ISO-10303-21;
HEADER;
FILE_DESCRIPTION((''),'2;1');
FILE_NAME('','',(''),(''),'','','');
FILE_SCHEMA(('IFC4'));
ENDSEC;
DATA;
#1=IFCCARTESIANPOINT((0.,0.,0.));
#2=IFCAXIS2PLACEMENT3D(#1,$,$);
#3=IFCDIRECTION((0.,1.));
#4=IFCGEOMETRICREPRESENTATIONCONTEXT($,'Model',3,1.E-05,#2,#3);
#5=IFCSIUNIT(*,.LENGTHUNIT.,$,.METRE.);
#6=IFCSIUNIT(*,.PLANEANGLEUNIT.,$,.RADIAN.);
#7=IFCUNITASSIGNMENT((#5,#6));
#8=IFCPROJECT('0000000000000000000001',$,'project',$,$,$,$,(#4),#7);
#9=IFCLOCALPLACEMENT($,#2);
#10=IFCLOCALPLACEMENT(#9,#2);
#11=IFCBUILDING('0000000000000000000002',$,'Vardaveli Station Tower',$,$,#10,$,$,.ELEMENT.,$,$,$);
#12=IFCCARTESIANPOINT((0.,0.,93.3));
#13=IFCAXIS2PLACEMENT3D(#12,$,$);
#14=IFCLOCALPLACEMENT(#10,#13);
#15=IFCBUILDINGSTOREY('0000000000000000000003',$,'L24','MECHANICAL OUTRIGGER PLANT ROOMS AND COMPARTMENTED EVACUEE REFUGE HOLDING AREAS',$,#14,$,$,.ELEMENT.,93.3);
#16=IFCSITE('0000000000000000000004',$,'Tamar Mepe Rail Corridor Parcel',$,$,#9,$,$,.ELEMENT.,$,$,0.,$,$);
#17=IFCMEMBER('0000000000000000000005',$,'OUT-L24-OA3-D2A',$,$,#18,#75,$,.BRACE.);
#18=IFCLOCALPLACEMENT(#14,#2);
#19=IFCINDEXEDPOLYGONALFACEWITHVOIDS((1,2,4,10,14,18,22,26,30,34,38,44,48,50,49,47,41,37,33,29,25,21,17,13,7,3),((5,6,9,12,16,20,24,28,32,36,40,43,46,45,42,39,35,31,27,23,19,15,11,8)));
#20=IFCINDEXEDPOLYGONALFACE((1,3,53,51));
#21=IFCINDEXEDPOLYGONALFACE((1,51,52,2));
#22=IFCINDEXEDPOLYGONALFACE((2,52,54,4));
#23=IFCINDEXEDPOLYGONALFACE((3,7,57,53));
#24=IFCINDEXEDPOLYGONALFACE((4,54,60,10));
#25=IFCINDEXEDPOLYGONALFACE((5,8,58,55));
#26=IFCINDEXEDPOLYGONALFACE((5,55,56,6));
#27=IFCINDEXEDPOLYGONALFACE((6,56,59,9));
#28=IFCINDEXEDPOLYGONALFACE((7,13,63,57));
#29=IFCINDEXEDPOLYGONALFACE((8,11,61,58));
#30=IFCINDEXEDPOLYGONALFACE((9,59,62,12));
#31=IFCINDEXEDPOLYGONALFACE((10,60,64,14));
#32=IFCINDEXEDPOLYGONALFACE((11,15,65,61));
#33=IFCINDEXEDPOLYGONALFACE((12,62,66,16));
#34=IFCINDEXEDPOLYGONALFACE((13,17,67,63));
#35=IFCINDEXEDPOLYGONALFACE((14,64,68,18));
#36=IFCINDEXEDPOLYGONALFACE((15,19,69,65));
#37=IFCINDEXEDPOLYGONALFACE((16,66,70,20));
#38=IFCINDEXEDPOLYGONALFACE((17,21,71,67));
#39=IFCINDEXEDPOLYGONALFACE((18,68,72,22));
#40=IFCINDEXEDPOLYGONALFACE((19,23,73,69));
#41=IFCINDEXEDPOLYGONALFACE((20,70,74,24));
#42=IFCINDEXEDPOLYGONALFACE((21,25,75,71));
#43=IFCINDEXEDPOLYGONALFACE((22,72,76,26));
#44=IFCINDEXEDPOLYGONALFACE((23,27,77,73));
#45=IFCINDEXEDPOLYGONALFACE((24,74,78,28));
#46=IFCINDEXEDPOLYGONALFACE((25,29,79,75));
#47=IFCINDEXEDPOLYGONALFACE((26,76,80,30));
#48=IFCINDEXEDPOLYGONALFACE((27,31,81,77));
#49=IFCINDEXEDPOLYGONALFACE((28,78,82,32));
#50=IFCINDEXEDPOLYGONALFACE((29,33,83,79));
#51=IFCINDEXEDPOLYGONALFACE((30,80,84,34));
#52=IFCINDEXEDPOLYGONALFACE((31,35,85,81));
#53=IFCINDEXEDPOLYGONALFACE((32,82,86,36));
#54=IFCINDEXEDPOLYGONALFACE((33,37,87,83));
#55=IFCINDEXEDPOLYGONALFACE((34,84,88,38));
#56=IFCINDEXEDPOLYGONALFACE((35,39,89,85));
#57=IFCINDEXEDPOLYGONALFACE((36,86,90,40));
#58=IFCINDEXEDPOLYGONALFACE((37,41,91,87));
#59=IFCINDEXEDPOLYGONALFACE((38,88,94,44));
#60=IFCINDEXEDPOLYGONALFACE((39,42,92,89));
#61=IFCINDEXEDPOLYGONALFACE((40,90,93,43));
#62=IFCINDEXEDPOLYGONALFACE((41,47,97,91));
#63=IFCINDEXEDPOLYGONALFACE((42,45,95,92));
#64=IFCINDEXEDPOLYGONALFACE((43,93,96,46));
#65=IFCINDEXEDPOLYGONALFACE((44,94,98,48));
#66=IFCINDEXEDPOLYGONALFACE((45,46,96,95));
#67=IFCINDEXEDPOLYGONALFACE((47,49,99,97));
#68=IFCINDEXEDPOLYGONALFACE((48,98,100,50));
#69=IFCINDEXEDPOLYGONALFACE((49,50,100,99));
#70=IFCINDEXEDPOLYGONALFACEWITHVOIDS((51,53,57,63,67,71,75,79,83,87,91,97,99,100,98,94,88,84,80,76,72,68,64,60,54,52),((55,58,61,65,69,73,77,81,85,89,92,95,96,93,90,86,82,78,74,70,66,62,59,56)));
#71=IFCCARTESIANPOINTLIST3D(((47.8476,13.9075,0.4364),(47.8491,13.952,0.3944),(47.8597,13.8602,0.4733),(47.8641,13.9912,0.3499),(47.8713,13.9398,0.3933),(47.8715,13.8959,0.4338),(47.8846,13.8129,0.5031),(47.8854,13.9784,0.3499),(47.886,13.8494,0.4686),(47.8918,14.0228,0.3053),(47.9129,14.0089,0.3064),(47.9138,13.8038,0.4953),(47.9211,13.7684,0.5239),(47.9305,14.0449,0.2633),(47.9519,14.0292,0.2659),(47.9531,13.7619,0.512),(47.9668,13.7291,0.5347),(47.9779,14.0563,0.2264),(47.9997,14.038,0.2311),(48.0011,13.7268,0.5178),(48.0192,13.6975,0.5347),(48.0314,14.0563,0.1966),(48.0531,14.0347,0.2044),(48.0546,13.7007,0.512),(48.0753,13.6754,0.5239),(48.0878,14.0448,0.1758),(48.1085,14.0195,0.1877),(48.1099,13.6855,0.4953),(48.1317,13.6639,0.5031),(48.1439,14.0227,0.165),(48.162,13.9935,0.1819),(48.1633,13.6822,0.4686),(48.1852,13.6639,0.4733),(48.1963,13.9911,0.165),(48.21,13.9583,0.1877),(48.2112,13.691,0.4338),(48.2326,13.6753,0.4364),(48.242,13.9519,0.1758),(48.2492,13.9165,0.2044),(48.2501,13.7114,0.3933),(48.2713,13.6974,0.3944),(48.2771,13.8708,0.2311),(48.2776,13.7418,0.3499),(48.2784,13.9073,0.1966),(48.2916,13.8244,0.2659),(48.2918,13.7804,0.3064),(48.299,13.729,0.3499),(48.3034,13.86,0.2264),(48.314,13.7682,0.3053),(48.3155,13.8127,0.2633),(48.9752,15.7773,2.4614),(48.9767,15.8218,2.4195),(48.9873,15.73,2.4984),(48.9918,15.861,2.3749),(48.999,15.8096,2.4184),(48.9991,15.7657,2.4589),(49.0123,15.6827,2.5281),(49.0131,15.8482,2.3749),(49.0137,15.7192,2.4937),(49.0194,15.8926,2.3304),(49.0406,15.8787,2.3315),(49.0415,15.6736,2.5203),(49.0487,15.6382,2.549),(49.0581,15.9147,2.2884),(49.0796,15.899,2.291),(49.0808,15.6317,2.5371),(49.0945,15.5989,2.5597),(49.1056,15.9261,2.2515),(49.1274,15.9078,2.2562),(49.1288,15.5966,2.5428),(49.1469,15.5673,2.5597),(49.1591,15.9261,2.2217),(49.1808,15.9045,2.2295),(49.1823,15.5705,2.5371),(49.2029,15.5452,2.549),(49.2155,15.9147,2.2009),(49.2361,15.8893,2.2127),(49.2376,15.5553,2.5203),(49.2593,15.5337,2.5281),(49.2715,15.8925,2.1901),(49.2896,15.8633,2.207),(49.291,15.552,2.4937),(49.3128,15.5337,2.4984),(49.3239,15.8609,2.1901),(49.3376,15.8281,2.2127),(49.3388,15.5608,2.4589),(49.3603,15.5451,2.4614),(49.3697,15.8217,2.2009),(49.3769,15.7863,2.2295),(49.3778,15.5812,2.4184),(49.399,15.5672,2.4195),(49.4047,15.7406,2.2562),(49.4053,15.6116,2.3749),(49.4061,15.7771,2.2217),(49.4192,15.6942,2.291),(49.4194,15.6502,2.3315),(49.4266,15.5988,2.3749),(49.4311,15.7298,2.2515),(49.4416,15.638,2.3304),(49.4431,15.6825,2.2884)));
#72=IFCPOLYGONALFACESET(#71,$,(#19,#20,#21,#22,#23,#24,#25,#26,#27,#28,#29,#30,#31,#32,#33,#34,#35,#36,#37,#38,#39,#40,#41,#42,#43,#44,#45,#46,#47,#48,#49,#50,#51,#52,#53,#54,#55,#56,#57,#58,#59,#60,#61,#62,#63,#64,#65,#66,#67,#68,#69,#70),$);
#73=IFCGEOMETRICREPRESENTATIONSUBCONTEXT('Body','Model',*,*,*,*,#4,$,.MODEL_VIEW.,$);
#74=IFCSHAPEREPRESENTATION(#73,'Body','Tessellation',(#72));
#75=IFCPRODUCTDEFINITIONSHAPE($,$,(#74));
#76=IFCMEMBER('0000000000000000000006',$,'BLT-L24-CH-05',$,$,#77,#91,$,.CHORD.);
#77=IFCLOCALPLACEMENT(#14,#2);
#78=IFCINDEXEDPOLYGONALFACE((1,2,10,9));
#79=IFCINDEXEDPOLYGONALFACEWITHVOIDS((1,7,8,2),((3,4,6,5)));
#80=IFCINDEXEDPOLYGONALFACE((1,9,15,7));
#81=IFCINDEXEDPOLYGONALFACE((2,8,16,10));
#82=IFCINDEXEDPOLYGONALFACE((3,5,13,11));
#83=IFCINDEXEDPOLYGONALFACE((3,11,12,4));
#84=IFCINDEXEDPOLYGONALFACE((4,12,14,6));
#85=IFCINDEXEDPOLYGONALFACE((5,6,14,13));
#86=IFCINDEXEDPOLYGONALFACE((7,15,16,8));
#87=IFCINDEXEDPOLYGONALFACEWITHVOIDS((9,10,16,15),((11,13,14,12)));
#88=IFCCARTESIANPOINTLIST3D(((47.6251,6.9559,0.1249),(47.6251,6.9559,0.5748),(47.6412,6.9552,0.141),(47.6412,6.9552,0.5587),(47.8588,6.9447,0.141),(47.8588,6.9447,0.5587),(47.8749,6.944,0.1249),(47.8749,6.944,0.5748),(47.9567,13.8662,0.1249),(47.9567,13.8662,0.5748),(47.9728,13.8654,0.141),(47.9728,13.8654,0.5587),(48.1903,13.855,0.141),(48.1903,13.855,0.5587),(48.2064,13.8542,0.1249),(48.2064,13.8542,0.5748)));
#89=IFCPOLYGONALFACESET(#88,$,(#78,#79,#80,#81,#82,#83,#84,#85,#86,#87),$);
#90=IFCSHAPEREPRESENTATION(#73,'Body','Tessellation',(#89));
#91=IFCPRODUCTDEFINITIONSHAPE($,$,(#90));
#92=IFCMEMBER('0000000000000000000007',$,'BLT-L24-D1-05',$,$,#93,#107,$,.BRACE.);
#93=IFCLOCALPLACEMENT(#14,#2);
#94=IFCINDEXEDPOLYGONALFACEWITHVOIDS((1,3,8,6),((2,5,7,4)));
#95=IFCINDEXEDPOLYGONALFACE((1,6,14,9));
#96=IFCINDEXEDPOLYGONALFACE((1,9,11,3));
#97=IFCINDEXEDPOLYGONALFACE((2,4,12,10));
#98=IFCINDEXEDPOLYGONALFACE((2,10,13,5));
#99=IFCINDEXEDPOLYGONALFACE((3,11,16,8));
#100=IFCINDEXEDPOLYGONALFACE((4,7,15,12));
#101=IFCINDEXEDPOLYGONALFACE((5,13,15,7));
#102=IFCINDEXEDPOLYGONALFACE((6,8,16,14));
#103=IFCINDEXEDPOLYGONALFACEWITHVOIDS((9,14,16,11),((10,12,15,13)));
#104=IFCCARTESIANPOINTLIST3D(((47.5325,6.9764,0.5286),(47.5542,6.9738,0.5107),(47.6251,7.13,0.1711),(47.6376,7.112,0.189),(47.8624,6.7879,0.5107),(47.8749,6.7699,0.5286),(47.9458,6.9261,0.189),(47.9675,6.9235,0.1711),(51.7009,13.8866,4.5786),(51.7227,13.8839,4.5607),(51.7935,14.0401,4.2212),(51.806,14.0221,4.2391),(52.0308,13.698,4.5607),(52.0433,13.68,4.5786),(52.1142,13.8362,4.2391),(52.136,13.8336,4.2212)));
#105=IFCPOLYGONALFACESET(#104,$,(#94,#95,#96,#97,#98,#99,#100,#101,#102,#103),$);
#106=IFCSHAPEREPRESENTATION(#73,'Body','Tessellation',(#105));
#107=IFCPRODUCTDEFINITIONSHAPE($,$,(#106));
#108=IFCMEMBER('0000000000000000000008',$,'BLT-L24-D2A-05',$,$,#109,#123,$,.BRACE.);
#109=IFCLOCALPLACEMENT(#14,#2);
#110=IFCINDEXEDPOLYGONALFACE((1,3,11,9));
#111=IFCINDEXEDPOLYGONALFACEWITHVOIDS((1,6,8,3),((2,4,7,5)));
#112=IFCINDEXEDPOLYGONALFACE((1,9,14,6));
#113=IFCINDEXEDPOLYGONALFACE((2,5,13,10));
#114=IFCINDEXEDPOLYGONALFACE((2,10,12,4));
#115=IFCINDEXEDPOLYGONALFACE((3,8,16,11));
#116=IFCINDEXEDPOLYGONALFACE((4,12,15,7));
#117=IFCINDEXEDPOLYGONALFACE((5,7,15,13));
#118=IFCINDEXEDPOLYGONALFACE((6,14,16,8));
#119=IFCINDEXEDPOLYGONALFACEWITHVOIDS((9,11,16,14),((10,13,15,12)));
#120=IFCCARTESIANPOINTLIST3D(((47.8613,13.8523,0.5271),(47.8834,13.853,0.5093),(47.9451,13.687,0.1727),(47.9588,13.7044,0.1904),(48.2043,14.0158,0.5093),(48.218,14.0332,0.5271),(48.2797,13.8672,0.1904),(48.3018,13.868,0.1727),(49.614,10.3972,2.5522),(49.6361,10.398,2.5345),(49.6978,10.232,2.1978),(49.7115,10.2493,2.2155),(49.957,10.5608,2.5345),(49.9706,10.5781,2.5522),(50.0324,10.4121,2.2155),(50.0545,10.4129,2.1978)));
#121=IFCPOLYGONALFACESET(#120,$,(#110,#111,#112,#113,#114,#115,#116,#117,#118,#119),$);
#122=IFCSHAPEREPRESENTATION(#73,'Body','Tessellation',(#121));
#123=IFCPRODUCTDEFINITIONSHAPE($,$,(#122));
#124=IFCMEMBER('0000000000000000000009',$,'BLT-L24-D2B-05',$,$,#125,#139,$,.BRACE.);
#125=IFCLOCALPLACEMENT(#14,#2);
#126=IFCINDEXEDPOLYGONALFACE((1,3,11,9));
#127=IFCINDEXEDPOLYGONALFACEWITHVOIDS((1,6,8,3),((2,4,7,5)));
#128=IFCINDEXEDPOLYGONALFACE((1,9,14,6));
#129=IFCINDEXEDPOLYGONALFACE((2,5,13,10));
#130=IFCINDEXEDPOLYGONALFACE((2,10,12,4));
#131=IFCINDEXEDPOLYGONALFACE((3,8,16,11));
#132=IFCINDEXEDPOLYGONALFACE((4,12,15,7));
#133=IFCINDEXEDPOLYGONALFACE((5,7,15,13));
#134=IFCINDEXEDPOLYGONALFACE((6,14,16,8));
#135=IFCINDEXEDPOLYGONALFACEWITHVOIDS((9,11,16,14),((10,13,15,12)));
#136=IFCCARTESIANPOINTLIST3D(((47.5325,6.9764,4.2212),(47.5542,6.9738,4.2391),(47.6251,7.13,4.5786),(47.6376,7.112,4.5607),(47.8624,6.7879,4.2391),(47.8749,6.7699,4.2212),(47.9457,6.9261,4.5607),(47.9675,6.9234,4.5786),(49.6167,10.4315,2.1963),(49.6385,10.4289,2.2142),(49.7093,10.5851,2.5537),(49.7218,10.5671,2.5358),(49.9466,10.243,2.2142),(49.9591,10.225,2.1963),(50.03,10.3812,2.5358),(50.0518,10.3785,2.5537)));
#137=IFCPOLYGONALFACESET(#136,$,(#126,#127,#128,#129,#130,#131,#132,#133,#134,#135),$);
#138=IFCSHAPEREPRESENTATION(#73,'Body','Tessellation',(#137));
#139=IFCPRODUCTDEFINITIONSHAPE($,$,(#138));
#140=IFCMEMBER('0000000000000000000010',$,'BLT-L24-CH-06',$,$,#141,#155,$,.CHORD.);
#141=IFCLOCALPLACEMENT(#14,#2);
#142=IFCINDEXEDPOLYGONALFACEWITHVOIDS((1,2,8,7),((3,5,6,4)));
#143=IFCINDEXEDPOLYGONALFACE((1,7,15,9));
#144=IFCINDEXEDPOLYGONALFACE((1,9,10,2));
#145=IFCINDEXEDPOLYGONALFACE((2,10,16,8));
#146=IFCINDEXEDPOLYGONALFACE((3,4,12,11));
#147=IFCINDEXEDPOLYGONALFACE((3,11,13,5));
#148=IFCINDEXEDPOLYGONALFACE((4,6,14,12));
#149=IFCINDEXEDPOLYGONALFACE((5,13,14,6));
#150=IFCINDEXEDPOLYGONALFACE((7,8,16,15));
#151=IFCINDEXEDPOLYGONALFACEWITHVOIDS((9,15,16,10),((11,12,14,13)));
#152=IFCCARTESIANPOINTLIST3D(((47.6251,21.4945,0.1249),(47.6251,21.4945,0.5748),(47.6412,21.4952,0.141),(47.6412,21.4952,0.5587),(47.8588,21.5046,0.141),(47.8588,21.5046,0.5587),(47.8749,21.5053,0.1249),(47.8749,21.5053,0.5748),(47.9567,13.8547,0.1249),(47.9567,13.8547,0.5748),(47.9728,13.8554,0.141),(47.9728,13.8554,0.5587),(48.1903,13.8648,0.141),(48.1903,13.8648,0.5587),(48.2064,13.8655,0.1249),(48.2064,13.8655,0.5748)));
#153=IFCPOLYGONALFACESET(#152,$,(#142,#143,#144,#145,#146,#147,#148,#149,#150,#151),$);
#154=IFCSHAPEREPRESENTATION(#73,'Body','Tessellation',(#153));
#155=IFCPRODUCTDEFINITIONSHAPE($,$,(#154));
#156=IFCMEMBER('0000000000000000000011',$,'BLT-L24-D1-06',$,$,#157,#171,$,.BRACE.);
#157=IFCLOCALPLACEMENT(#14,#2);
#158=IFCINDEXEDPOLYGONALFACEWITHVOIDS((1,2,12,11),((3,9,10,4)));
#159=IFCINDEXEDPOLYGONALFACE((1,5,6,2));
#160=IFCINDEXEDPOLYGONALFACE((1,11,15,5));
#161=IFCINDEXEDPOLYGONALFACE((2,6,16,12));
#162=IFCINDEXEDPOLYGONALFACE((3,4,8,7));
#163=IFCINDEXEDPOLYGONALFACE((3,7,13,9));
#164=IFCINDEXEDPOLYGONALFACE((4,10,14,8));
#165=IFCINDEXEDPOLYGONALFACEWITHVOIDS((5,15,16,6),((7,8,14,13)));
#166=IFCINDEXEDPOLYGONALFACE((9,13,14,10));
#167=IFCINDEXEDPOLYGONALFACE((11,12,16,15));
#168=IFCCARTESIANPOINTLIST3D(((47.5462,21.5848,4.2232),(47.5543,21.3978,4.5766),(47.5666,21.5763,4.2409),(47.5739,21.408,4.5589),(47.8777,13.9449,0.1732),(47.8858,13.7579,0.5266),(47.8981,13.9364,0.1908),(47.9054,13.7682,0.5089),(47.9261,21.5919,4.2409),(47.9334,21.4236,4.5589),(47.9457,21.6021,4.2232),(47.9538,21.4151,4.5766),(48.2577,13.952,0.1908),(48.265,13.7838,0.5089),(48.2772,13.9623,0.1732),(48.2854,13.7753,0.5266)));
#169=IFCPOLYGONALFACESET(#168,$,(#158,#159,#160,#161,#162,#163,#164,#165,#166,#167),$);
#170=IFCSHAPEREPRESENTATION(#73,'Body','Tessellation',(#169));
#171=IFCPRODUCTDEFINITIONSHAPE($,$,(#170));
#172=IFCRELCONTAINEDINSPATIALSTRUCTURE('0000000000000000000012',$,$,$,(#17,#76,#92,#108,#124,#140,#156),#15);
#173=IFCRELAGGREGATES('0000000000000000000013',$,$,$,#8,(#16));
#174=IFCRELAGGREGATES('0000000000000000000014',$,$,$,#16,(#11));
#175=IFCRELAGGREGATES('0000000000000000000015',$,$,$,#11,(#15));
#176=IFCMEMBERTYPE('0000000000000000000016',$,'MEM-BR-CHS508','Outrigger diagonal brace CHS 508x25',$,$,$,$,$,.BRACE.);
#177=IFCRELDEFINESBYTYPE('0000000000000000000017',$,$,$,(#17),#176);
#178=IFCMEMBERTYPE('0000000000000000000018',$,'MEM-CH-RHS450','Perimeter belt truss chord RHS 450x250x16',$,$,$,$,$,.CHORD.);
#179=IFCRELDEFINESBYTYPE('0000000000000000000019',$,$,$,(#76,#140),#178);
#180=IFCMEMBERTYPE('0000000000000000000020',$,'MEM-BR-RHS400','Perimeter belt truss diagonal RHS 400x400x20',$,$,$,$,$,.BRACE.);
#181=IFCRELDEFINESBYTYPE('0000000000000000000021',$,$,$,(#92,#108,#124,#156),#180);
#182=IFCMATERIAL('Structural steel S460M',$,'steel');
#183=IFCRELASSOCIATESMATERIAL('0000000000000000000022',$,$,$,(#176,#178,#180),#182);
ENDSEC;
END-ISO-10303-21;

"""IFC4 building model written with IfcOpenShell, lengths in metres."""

from ifc_helpers import new_model, si_unit, direction, frame, origin, origin_2d, place, context, subcontext, project, spatial, hollow_rectangle, hollow_circle, extrude, source, transform, mapped, material, material_profile, profile_set, type_object, element, save


model = new_model("IFC4")

# Units and contexts
model_context = context("Model", 3, precision=1e-05, world=origin(), true_north=direction((0.0, 1.0)))
body_context = subcontext(model_context, "Body", "Model", "MODEL_VIEW")
ifc_project = project(units=[si_unit("LENGTHUNIT", "METRE"), si_unit("PLANEANGLEUNIT", "RADIAN")], contexts=[model_context])

# Site, building, storey
site_placement = place(None, origin())
site = spatial("IfcSite", under=ifc_project, at=site_placement, Name="Tamar Mepe Rail Corridor Parcel", CompositionType="ELEMENT", RefElevation=0.0)
building_placement = place(site_placement, origin())
building = spatial("IfcBuilding", under=site, at=building_placement, Name="Vardaveli Station Tower", CompositionType="ELEMENT")
storey_placement = place(building_placement, frame((0.0, 0.0, 93.3)))
storey = spatial("IfcBuildingStorey", under=building, at=storey_placement, Name="L24", Description="MECHANICAL OUTRIGGER PLANT ROOMS AND COMPARTMENTED EVACUEE REFUGE HOLDING AREAS", CompositionType="ELEMENT", Elevation=93.3)

# Shared definitions
ifc_material_1 = material(Name="Structural steel S460M", Category="steel")

# Members
ifc_material_profile_1 = material_profile(ifc_material_1, hollow_circle(Radius=0.2539, WallThickness=0.0249, at=origin_2d()), Name="CHS 508x25")
ifc_profile_set_1 = profile_set([ifc_material_profile_1], Name="Structural steel S460M")
member_type_1 = type_object("IfcMemberType", Name="MEM-BR-CHS508", Description="Outrigger diagonal brace CHS 508x25", PredefinedType="BRACE", material=ifc_profile_set_1)
shared_shape_1 = source(origin(), body_context, "Body", "SweptSolid", [
    extrude(hollow_circle(Radius=0.2539, WallThickness=0.0249, at=origin_2d()), origin(), (0.0, 0.0, 1.0), 2.978),
])
member_1_placement = place(storey_placement, frame((48.0815, 13.8601, 0.3499), z_axis=(0.378654, 0.627866, 0.680004), x_axis=(-0.856327, 0.516435, 0.0)))
element("IfcMember", 1, at=member_1_placement, inside=storey, type_object=member_type_1, Name="OUT-L24-OA3-D2A", PredefinedType="BRACE", context=body_context, shape_type="MappedRepresentation", body=[
    mapped(shared_shape_1, transform((0.0, 0.0, 0.0), scale=1.0)),
])
ifc_material_profile_2 = material_profile(ifc_material_1, hollow_rectangle(XDim=0.25, YDim=0.45, WallThickness=0.0161, at=origin_2d()), Name="RHS 450x250x16")
ifc_profile_set_2 = profile_set([ifc_material_profile_2], Name="Structural steel S460M")
member_type_2 = type_object("IfcMemberType", Name="MEM-CH-RHS450", Description="Perimeter belt truss chord RHS 450x250x16", PredefinedType="CHORD", material=ifc_profile_set_2)
shared_shape_2 = source(origin(), body_context, "Body", "SweptSolid", [
    extrude(hollow_rectangle(XDim=0.25, YDim=0.45, WallThickness=0.0161, at=origin_2d()), origin(), (0.0, 0.0, 1.0), 6.9182),
])
member_2_placement = place(storey_placement, frame((47.75, 6.95, 0.3499), z_axis=(0.047924, 0.998851, 0.0), x_axis=(-0.998851, 0.047924, 0.0)))
element("IfcMember", 2, at=member_2_placement, inside=storey, type_object=member_type_2, Name="BLT-L24-CH-05", PredefinedType="CHORD", context=body_context, shape_type="MappedRepresentation", body=[
    mapped(shared_shape_2, transform((0.0, 0.0, 0.0), scale=1.0)),
])
ifc_material_profile_3 = material_profile(ifc_material_1, hollow_rectangle(XDim=0.3999, YDim=0.3999, WallThickness=0.02, at=origin_2d()), Name="RHS 400x400x20")
ifc_profile_set_3 = profile_set([ifc_material_profile_3], Name="Structural steel S460M")
member_type_3 = type_object("IfcMemberType", Name="MEM-BR-RHS400", Description="Perimeter belt truss diagonal RHS 400x400x20", PredefinedType="BRACE", material=ifc_profile_set_3)
shared_shape_3 = source(origin(), body_context, "Body", "SweptSolid", [
    extrude(hollow_rectangle(XDim=0.3999, YDim=0.3999, WallThickness=0.02, at=origin_2d()), origin(), (0.0, 0.0, 1.0), 9.0293),
])
member_3_placement = place(storey_placement, frame((47.75, 6.95, 0.3499), z_axis=(0.461656, 0.765299, 0.448543), x_axis=(-0.856268, 0.516532, 0.0)))
element("IfcMember", 3, at=member_3_placement, inside=storey, type_object=member_type_3, Name="BLT-L24-D1-05", PredefinedType="BRACE", context=body_context, shape_type="MappedRepresentation", body=[
    mapped(shared_shape_3, transform((0.0, 0.0, 0.0), scale=1.0)),
])
shared_shape_4 = source(origin(), body_context, "Body", "SweptSolid", [
    extrude(hollow_rectangle(XDim=0.3999, YDim=0.3999, WallThickness=0.02, at=origin_2d()), origin(), (0.0, 0.0, 1.0), 4.3716),
])
member_4_placement = place(storey_placement, frame((48.0815, 13.8601, 0.3499), z_axis=(0.400927, -0.79035, 0.463253), x_axis=(0.891816, 0.452399, 0.0)))
element("IfcMember", 4, at=member_4_placement, inside=storey, type_object=member_type_3, Name="BLT-L24-D2A-05", PredefinedType="BRACE", context=body_context, shape_type="MappedRepresentation", body=[
    mapped(shared_shape_4, transform((0.0, 0.0, 0.0), scale=1.0)),
])
shared_shape_5 = source(origin(), body_context, "Body", "SweptSolid", [
    extrude(hollow_rectangle(XDim=0.3999, YDim=0.3999, WallThickness=0.02, at=origin_2d()), origin(), (0.0, 0.0, 1.0), 4.5146),
])
member_5_placement = place(storey_placement, frame((49.8342, 10.405, 2.375), z_axis=(-0.461662, -0.765309, 0.448521), x_axis=(0.856268, -0.516532, 0.0)))
element("IfcMember", 5, at=member_5_placement, inside=storey, type_object=member_type_3, Name="BLT-L24-D2B-05", PredefinedType="BRACE", context=body_context, shape_type="MappedRepresentation", body=[
    mapped(shared_shape_5, transform((0.0, 0.0, 0.0), scale=1.0)),
])
shared_shape_6 = source(origin(), body_context, "Body", "SweptSolid", [
    extrude(hollow_rectangle(XDim=0.25, YDim=0.45, WallThickness=0.0161, at=origin_2d()), origin(), (0.0, 0.0, 1.0), 7.647),
])
member_6_placement = place(storey_placement, frame((48.0815, 13.8601, 0.3499), z_axis=(-0.043355, 0.99906, 0.0), x_axis=(-0.99906, -0.043355, 0.0)))
element("IfcMember", 6, at=member_6_placement, inside=storey, type_object=member_type_2, Name="BLT-L24-CH-06", PredefinedType="CHORD", context=body_context, shape_type="MappedRepresentation", body=[
    mapped(shared_shape_6, transform((0.0, 0.0, 0.0), scale=1.0)),
])
shared_shape_7 = source(origin(), body_context, "Body", "SweptSolid", [
    extrude(hollow_rectangle(XDim=0.3999, YDim=0.3999, WallThickness=0.02, at=origin_2d()), origin(), (0.0, 0.0, 1.0), 8.6533),
])
member_7_placement = place(storey_placement, frame((48.0815, 13.8601, 0.3499), z_axis=(-0.038314, 0.882881, 0.468032), x_axis=(-0.99906, -0.043355, 0.0)))
element("IfcMember", 7, at=member_7_placement, inside=storey, type_object=member_type_3, Name="BLT-L24-D1-06", PredefinedType="BRACE", context=body_context, shape_type="MappedRepresentation", body=[
    mapped(shared_shape_7, transform((0.0, 0.0, 0.0), scale=1.0)),
])

save(model, "model.ifc")
